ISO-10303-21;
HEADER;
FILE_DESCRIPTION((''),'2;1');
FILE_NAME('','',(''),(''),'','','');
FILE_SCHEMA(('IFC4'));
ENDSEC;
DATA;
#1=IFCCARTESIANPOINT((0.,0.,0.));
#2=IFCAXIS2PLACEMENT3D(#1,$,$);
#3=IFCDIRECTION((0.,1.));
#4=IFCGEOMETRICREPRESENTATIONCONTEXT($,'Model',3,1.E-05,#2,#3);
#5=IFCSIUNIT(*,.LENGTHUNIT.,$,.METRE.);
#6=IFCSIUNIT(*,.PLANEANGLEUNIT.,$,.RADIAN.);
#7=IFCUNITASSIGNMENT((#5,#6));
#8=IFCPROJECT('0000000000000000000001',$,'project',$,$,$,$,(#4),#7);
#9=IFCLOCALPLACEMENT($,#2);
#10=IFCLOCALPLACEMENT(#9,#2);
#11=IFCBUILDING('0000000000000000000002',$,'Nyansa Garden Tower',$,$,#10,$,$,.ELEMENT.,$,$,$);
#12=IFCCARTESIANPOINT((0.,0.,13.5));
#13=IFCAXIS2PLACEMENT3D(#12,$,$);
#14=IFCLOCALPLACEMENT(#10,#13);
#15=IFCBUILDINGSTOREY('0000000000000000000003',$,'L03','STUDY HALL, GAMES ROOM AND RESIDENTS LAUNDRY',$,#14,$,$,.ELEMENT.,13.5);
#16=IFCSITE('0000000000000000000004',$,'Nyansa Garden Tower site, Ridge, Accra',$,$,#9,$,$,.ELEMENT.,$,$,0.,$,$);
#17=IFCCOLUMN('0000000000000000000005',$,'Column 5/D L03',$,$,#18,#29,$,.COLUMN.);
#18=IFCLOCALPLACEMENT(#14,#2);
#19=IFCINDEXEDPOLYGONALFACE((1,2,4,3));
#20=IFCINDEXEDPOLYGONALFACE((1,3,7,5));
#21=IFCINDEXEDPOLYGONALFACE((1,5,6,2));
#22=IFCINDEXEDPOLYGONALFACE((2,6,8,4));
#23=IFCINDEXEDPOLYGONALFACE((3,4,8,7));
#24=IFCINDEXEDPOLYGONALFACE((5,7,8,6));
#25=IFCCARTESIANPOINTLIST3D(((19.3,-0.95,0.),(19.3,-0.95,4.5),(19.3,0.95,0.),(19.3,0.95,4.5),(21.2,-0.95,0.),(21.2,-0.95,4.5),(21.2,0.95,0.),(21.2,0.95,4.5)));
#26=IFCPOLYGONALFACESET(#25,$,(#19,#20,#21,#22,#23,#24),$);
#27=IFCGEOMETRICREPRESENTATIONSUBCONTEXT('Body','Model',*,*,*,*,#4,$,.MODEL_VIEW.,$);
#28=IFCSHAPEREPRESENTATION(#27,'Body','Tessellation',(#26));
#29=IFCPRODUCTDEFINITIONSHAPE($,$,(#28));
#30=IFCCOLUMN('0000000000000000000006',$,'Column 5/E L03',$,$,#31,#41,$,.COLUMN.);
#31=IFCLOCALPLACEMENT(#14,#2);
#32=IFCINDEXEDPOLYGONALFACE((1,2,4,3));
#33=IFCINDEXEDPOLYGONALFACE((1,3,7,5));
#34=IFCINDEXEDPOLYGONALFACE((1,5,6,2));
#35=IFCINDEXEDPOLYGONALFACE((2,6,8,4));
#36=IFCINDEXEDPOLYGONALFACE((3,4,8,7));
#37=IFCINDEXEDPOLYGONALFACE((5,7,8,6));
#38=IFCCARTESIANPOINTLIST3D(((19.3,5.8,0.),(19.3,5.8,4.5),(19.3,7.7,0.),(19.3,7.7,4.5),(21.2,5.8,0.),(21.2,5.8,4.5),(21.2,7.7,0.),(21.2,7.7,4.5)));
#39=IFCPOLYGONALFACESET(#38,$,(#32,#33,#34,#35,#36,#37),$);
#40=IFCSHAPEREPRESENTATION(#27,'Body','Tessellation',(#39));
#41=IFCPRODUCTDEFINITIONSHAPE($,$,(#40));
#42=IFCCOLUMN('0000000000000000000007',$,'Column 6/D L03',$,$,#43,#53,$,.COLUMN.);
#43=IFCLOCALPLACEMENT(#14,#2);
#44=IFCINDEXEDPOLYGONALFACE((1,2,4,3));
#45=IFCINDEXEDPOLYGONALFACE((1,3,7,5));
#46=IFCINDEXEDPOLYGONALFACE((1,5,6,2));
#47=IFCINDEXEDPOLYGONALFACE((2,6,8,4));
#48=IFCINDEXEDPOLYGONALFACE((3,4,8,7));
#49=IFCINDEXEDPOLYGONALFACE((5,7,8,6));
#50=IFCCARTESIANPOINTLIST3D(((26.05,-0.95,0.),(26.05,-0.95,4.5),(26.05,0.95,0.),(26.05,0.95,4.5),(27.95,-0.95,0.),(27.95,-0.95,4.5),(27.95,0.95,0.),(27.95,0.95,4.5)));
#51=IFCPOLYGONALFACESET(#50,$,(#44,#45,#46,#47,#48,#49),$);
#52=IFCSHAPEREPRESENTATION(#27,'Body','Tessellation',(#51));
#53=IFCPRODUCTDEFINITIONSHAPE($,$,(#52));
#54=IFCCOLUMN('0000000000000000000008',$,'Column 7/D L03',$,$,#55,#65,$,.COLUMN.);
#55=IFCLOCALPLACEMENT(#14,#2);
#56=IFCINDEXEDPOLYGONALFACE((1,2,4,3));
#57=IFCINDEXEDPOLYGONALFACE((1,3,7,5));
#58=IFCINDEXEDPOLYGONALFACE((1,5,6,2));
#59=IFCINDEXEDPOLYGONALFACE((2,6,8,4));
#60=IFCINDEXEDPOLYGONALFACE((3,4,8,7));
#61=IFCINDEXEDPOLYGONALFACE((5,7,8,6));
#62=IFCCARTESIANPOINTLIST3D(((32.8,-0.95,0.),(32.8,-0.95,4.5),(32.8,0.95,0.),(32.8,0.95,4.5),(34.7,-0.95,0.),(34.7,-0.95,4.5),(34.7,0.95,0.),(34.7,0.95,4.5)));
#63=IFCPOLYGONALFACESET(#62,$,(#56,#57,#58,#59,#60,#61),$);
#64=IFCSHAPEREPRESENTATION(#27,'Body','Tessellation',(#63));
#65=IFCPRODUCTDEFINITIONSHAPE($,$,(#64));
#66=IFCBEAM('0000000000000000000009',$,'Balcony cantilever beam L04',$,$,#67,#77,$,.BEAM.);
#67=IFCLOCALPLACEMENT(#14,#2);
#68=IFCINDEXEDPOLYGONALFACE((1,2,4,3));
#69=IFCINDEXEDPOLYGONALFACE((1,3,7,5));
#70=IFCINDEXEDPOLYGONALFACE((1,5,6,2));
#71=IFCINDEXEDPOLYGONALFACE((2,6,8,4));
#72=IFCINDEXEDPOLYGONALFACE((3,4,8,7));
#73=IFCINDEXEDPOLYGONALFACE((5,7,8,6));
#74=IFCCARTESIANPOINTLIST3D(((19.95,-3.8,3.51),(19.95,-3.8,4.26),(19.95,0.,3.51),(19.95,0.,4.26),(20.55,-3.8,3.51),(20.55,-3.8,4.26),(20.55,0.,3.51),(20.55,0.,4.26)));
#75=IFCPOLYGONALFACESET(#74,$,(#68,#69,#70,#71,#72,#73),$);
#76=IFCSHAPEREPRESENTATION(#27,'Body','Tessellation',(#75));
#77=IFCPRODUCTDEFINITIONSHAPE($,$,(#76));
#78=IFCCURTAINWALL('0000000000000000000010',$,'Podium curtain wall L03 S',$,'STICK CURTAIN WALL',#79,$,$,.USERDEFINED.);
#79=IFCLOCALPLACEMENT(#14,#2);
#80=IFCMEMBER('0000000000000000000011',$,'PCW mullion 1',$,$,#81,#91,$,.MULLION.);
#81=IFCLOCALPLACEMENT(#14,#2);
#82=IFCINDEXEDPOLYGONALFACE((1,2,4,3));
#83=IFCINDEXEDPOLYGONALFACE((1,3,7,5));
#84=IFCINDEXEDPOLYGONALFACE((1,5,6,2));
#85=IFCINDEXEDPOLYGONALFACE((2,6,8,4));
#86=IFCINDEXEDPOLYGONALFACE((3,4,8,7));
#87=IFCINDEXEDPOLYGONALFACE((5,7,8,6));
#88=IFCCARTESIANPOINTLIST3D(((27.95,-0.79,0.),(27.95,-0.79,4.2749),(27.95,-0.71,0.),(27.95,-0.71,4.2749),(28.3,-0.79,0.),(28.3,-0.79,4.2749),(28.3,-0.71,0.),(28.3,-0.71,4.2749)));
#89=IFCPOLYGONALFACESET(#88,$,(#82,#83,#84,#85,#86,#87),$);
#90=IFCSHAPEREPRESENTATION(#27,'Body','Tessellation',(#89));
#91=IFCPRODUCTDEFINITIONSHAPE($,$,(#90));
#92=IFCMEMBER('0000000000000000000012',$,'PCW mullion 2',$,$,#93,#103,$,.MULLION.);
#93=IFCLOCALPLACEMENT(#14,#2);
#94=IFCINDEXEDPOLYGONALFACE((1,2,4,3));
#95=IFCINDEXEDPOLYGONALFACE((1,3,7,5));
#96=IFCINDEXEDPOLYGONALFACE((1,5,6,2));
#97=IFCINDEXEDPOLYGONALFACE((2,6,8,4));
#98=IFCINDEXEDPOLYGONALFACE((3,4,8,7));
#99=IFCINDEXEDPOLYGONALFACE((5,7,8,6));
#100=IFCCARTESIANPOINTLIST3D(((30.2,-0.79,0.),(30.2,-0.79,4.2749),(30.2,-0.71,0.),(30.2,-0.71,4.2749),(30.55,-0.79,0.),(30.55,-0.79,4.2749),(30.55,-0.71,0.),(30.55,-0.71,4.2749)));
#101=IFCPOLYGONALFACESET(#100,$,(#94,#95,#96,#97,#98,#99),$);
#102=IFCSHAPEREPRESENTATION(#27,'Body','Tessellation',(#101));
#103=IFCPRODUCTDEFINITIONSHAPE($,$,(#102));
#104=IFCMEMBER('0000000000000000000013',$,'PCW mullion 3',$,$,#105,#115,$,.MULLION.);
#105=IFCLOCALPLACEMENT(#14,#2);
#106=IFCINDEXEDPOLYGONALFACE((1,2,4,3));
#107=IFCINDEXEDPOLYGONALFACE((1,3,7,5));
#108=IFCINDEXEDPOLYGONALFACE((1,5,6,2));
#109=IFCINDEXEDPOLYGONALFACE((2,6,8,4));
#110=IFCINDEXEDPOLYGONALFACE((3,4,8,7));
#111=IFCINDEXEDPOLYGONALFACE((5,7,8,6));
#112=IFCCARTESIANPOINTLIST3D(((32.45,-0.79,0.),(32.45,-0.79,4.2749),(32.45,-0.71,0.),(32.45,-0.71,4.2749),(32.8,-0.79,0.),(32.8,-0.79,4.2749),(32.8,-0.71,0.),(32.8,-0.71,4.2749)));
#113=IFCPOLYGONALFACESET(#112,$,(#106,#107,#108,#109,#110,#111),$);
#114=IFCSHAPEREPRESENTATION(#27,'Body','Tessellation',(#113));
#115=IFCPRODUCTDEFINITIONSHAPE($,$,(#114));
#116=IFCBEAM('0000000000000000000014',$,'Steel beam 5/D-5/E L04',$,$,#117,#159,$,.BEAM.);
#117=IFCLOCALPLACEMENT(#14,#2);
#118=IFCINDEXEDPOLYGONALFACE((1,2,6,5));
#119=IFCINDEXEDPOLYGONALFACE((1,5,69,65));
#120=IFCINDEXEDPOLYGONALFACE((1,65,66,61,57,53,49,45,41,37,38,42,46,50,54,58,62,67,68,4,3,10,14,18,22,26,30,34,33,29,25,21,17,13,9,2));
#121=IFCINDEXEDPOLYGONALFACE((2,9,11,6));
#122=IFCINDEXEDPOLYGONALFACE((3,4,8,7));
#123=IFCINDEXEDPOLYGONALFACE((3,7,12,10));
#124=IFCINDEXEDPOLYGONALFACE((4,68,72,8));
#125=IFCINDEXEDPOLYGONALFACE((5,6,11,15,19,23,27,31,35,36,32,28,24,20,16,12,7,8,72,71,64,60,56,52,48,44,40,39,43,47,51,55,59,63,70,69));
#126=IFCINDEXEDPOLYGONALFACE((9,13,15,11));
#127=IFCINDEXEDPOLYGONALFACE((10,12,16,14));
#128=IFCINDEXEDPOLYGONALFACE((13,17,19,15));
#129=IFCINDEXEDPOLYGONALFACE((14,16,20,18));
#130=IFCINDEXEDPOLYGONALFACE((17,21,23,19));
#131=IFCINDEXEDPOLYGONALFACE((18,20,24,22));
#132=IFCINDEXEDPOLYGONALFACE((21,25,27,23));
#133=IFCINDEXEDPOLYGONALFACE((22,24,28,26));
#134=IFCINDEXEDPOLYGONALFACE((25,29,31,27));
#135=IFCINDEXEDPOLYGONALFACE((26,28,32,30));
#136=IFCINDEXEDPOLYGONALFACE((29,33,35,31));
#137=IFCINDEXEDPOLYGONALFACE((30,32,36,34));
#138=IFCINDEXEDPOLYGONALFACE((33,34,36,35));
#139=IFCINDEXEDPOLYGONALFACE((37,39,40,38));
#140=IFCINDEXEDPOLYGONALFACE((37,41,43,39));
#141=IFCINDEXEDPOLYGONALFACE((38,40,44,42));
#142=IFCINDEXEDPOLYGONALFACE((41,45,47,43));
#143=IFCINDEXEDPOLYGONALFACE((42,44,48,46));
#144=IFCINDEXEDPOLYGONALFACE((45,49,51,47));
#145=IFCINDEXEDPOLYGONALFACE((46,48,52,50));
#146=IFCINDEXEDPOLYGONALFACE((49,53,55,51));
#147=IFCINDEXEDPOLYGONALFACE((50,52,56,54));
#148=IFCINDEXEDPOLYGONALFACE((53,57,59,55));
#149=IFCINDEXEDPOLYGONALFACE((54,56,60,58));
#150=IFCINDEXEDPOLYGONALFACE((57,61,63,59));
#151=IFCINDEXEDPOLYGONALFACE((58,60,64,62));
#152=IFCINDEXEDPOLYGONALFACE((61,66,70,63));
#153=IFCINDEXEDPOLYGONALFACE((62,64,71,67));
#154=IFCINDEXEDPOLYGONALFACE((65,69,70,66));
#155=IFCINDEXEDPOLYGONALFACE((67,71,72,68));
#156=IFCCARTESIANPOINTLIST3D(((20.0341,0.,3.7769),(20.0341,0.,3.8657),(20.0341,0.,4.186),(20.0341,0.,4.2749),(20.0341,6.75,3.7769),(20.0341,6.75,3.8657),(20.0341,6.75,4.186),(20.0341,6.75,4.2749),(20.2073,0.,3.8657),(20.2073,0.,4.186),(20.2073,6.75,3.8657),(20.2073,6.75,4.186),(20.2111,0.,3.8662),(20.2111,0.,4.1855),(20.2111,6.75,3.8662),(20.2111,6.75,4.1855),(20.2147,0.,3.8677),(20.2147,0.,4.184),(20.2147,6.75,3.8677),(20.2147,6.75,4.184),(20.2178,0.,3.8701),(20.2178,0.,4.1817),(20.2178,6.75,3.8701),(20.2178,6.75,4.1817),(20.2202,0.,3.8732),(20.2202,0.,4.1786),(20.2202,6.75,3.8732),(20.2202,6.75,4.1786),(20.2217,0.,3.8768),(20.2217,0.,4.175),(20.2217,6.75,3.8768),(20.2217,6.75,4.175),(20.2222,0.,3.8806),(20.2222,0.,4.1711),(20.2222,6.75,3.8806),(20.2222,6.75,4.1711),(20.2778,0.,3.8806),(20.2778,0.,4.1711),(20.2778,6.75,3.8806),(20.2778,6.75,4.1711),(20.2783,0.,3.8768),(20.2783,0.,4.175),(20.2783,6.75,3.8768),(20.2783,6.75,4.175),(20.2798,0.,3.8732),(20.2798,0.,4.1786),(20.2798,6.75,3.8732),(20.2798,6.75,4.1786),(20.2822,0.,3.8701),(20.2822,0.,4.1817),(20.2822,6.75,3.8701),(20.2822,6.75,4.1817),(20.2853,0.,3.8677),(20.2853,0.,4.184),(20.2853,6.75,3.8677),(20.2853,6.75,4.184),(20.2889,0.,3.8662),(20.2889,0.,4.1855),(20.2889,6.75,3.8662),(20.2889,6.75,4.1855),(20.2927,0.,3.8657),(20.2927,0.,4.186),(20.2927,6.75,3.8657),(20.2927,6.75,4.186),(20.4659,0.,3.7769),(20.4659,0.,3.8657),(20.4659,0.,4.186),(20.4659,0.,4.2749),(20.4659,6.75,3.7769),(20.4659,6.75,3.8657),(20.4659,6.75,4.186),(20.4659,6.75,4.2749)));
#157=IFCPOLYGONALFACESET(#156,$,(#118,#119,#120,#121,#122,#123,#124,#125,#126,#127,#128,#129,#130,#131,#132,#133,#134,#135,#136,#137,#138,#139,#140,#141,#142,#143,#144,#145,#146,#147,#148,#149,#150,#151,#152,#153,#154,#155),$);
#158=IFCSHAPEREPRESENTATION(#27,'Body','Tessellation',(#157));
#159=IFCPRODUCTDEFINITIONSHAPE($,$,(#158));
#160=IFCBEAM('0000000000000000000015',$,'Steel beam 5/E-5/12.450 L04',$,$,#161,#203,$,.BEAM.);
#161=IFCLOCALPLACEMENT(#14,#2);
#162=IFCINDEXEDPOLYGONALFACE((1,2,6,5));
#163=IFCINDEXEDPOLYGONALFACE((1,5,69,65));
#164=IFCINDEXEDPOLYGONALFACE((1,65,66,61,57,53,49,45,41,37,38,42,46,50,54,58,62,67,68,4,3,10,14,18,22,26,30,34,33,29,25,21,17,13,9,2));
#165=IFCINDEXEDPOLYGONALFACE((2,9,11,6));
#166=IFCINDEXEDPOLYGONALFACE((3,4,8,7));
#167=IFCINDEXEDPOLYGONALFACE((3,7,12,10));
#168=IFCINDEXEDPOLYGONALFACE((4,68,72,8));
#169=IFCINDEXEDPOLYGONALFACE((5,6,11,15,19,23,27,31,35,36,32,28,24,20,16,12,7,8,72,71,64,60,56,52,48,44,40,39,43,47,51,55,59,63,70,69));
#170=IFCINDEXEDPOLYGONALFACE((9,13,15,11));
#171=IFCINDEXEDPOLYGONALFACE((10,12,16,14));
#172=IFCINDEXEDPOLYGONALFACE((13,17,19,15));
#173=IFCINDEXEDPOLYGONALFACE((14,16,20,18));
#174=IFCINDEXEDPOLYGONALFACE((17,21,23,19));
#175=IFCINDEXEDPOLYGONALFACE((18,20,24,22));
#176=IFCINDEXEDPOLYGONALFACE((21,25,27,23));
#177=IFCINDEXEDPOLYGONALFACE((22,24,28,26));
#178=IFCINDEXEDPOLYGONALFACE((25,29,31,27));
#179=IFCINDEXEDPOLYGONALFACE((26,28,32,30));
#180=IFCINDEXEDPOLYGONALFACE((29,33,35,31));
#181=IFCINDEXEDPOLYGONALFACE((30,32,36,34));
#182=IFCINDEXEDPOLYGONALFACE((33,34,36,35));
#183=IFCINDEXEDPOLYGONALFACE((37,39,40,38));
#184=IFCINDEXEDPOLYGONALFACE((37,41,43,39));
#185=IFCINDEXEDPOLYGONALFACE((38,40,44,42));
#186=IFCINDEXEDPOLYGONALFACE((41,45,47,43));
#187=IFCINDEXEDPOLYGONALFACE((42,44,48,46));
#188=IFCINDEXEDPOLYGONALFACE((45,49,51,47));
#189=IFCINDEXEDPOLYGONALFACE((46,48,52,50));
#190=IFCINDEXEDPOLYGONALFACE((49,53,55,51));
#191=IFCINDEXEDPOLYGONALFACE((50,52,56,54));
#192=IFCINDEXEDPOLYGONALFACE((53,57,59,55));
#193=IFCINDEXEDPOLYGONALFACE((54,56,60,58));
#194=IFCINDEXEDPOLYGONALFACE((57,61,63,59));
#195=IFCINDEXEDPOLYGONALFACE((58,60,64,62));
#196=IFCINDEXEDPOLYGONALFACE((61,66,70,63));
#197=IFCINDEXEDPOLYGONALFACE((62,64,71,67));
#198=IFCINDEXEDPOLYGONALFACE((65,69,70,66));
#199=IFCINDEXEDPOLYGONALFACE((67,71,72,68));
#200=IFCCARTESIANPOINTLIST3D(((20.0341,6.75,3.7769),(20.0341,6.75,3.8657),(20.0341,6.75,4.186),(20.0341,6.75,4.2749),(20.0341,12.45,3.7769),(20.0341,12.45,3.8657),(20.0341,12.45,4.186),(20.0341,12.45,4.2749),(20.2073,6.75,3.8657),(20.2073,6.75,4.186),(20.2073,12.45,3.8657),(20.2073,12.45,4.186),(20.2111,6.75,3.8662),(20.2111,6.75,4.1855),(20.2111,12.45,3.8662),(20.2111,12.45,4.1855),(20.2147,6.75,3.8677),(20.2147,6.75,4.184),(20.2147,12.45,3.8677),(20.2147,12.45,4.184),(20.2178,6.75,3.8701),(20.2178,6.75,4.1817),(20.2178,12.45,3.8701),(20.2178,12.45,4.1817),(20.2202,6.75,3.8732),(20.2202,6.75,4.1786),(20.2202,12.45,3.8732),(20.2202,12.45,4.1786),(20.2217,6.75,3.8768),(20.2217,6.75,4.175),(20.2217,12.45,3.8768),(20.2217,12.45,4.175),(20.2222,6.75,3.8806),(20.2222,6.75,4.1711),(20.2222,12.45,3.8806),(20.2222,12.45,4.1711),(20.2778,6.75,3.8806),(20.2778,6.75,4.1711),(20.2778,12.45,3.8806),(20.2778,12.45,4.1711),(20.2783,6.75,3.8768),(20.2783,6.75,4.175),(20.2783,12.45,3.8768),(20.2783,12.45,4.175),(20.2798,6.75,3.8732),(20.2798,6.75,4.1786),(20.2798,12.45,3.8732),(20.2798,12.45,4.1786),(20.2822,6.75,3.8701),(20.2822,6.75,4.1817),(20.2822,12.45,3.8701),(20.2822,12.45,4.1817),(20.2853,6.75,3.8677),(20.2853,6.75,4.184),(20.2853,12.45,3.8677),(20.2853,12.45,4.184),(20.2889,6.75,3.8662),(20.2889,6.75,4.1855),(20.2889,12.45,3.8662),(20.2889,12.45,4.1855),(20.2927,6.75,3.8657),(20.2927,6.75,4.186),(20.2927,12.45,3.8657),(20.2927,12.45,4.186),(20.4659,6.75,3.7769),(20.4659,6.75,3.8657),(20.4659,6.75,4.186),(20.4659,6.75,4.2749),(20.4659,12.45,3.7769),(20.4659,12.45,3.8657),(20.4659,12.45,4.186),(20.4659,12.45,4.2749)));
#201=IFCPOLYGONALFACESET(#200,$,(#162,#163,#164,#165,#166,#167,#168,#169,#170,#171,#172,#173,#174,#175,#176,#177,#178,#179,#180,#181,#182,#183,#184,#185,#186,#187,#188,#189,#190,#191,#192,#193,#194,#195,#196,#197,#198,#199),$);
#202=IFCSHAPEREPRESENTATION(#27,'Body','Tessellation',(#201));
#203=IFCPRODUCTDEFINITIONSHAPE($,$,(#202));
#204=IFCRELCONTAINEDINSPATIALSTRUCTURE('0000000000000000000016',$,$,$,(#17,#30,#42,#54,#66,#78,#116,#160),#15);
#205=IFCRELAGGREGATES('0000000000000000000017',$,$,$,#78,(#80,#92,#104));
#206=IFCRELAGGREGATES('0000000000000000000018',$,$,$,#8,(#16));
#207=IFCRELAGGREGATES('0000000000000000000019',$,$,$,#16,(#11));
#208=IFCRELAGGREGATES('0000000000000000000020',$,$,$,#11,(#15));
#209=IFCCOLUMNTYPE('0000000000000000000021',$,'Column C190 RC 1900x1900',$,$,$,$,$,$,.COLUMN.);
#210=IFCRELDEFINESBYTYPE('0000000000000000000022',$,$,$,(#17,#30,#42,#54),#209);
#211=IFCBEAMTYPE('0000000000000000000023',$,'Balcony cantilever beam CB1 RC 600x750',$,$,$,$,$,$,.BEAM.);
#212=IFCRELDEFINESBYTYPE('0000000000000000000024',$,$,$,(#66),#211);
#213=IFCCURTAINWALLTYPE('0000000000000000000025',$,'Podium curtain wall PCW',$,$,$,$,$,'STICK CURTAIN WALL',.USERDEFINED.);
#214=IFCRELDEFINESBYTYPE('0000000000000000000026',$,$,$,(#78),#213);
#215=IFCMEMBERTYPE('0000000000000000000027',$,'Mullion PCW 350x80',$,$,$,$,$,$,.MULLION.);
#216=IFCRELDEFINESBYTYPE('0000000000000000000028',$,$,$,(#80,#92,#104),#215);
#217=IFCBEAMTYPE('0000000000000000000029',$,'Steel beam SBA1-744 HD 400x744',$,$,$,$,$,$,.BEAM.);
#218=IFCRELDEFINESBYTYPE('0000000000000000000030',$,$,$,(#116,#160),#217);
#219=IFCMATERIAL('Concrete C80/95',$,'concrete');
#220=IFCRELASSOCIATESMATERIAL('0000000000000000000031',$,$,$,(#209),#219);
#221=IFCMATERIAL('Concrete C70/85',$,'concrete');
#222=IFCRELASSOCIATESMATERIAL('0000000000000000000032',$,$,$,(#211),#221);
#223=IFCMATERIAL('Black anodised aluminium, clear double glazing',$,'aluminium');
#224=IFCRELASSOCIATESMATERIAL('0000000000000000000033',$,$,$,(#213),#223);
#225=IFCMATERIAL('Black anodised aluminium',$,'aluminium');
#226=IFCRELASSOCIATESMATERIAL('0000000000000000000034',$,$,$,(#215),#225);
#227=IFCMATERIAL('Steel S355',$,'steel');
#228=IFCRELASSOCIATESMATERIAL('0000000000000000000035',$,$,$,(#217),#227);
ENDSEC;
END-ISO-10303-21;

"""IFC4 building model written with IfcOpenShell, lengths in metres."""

from ifc_helpers import new_model, si_unit, direction, frame, origin, origin_2d, place, context, subcontext, project, spatial, rectangle, i_section, extrude, material, material_profile, profile_set, type_object, element, aggregate, save


model = new_model("IFC4")

# Units and contexts
model_context = context("Model", 3, precision=1e-05, world=origin(), true_north=direction((0.0, 1.0)))
body_context = subcontext(model_context, "Body", "Model", "MODEL_VIEW")
ifc_project = project(units=[si_unit("LENGTHUNIT", "METRE"), si_unit("PLANEANGLEUNIT", "RADIAN")], contexts=[model_context])

# Site, building, storey
site_placement = place(None, origin())
site = spatial("IfcSite", under=ifc_project, at=site_placement, Name="Nyansa Garden Tower site, Ridge, Accra", CompositionType="ELEMENT", RefElevation=0.0)
building_placement = place(site_placement, origin())
building = spatial("IfcBuilding", under=site, at=building_placement, Name="Nyansa Garden Tower", CompositionType="ELEMENT")
storey_placement = place(building_placement, frame((0.0, 0.0, 13.5)))
storey = spatial("IfcBuildingStorey", under=building, at=storey_placement, Name="L03", Description="STUDY HALL, GAMES ROOM AND RESIDENTS LAUNDRY", CompositionType="ELEMENT", Elevation=13.5)

# Columns
ifc_material_1 = material(Name="Concrete C80/95", Category="concrete")
ifc_material_profile_1 = material_profile(ifc_material_1, rectangle(XDim=1.8999, YDim=1.8999, at=origin_2d()), Name="RC 1900x1900")
ifc_profile_set_1 = profile_set([ifc_material_profile_1], Name="Concrete C80/95")
column_type = type_object("IfcColumnType", Name="Column C190 RC 1900x1900", PredefinedType="COLUMN", material=ifc_profile_set_1)
for number, where, z_axis, x_axis, name in (
    (1, (20.25, 0.0, 0.0), (0.0, 0.0, 1.0), (1.0, 0.0, 0.0), "Column 5/D L03"),
    (2, (20.25, 6.75, 0.0), (0.0, 0.0, 1.0), (1.0, 0.0, 0.0), "Column 5/E L03"),
    (3, (27.0, 0.0, 0.0), (0.0, 0.0, 1.0), (1.0, 0.0, 0.0), "Column 6/D L03"),
    (4, (33.75, 0.0, 0.0), (0.0, 0.0, 1.0), (1.0, 0.0, 0.0), "Column 7/D L03"),
):
    element("IfcColumn", number, at=place(storey_placement, frame(where, z_axis=z_axis, x_axis=x_axis)), inside=storey, type_object=column_type, Name=name, PredefinedType="COLUMN", context=body_context, shape_type="SweptSolid", body=[
        extrude(rectangle(XDim=1.8999, YDim=1.8999, at=origin_2d()), origin(), (0.0, 0.0, 1.0), 4.5),
    ])

# Beam
ifc_material_2 = material(Name="Concrete C70/85", Category="concrete")
ifc_material_profile_2 = material_profile(ifc_material_2, rectangle(XDim=0.6001, YDim=0.75, at=origin_2d()), Name="RC 600x750")
ifc_profile_set_2 = profile_set([ifc_material_profile_2], Name="Concrete C70/85")
beam_type_1 = type_object("IfcBeamType", Name="Balcony cantilever beam CB1 RC 600x750", PredefinedType="BEAM", material=ifc_profile_set_2)
beam_1_placement = place(storey_placement, frame((20.25, 0.0, 3.885), z_axis=(0.0, -1.0, 0.0), x_axis=(1.0, 0.0, 0.0)))
element("IfcBeam", 5, at=beam_1_placement, inside=storey, type_object=beam_type_1, Name="Balcony cantilever beam L04", PredefinedType="BEAM", context=body_context, shape_type="SweptSolid", body=[
    extrude(rectangle(XDim=0.6001, YDim=0.75, at=origin_2d()), origin(), (0.0, 0.0, 1.0), 3.8),
])

# Curtain wall, members
ifc_material_3 = material(Name="Black anodised aluminium, clear double glazing", Category="aluminium")
curtain_wall_type = type_object("IfcCurtainWallType", Name="Podium curtain wall PCW", ElementType="STICK CURTAIN WALL", PredefinedType="USERDEFINED", material=ifc_material_3)
curtain_wall_placement = place(storey_placement, origin())
curtain_wall = element("IfcCurtainWall", 6, at=curtain_wall_placement, inside=storey, type_object=curtain_wall_type, Name="Podium curtain wall L03 S", ObjectType="STICK CURTAIN WALL", PredefinedType="USERDEFINED")
ifc_material_4 = material(Name="Black anodised aluminium", Category="aluminium")
ifc_material_profile_3 = material_profile(ifc_material_4, rectangle(XDim=0.0801, YDim=0.3501, at=origin_2d()), Name="Mullion 350x80")
ifc_profile_set_3 = profile_set([ifc_material_profile_3], Name="Black anodised aluminium")
member_type_1 = type_object("IfcMemberType", Name="Mullion PCW 350x80", PredefinedType="MULLION", material=ifc_profile_set_3)
member_1_placement = place(storey_placement, frame((28.125, -0.75, 0.0), z_axis=(0.0, 0.0, 1.0), x_axis=(0.0, 1.0, 0.0)))
member_1 = element("IfcMember", 7, at=member_1_placement, type_object=member_type_1, Name="PCW mullion 1", PredefinedType="MULLION", context=body_context, shape_type="SweptSolid", body=[
    extrude(rectangle(XDim=0.0801, YDim=0.3501, at=origin_2d()), origin(), (0.0, 0.0, 1.0), 4.2749),
])
member_2_placement = place(storey_placement, frame((30.375, -0.75, 0.0), z_axis=(0.0, 0.0, 1.0), x_axis=(0.0, 1.0, 0.0)))
member_2 = element("IfcMember", 8, at=member_2_placement, type_object=member_type_1, Name="PCW mullion 2", PredefinedType="MULLION", context=body_context, shape_type="SweptSolid", body=[
    extrude(rectangle(XDim=0.0801, YDim=0.3501, at=origin_2d()), origin(), (0.0, 0.0, 1.0), 4.2749),
])
member_3_placement = place(storey_placement, frame((32.625, -0.75, 0.0), z_axis=(0.0, 0.0, 1.0), x_axis=(0.0, 1.0, 0.0)))
member_3 = element("IfcMember", 9, at=member_3_placement, type_object=member_type_1, Name="PCW mullion 3", PredefinedType="MULLION", context=body_context, shape_type="SweptSolid", body=[
    extrude(rectangle(XDim=0.0801, YDim=0.3501, at=origin_2d()), origin(), (0.0, 0.0, 1.0), 4.2749),
])

# Beams
ifc_material_5 = material(Name="Steel S355", Category="steel")
ifc_material_profile_4 = material_profile(ifc_material_5, i_section(OverallWidth=0.4319, OverallDepth=0.498, WebThickness=0.0557, FlangeThickness=0.0889, FilletRadius=0.0149, at=origin_2d()), Name="HD 400x744")
ifc_profile_set_4 = profile_set([ifc_material_profile_4], Name="Steel S355")
beam_type_2 = type_object("IfcBeamType", Name="Steel beam SBA1-744 HD 400x744", PredefinedType="BEAM", material=ifc_profile_set_4)
beam_2_placement = place(storey_placement, frame((20.25, 0.0, 4.0259), z_axis=(0.0, 1.0, 0.0), x_axis=(-1.0, 0.0, 0.0)))
element("IfcBeam", 10, at=beam_2_placement, inside=storey, type_object=beam_type_2, Name="Steel beam 5/D-5/E L04", PredefinedType="BEAM", context=body_context, shape_type="SweptSolid", body=[
    extrude(i_section(OverallWidth=0.4319, OverallDepth=0.498, WebThickness=0.0557, FlangeThickness=0.0889, FilletRadius=0.0149, at=origin_2d()), origin(), (0.0, 0.0, 1.0), 6.75),
])
beam_3_placement = place(storey_placement, frame((20.25, 6.75, 4.0259), z_axis=(0.0, 1.0, 0.0), x_axis=(-1.0, 0.0, 0.0)))
element("IfcBeam", 11, at=beam_3_placement, inside=storey, type_object=beam_type_2, Name="Steel beam 5/E-5/12.450 L04", PredefinedType="BEAM", context=body_context, shape_type="SweptSolid", body=[
    extrude(i_section(OverallWidth=0.4319, OverallDepth=0.498, WebThickness=0.0557, FlangeThickness=0.0889, FilletRadius=0.0149, at=origin_2d()), origin(), (0.0, 0.0, 1.0), 5.7),
])

aggregate(curtain_wall, [member_1, member_2, member_3])

save(model, "model.ifc")
